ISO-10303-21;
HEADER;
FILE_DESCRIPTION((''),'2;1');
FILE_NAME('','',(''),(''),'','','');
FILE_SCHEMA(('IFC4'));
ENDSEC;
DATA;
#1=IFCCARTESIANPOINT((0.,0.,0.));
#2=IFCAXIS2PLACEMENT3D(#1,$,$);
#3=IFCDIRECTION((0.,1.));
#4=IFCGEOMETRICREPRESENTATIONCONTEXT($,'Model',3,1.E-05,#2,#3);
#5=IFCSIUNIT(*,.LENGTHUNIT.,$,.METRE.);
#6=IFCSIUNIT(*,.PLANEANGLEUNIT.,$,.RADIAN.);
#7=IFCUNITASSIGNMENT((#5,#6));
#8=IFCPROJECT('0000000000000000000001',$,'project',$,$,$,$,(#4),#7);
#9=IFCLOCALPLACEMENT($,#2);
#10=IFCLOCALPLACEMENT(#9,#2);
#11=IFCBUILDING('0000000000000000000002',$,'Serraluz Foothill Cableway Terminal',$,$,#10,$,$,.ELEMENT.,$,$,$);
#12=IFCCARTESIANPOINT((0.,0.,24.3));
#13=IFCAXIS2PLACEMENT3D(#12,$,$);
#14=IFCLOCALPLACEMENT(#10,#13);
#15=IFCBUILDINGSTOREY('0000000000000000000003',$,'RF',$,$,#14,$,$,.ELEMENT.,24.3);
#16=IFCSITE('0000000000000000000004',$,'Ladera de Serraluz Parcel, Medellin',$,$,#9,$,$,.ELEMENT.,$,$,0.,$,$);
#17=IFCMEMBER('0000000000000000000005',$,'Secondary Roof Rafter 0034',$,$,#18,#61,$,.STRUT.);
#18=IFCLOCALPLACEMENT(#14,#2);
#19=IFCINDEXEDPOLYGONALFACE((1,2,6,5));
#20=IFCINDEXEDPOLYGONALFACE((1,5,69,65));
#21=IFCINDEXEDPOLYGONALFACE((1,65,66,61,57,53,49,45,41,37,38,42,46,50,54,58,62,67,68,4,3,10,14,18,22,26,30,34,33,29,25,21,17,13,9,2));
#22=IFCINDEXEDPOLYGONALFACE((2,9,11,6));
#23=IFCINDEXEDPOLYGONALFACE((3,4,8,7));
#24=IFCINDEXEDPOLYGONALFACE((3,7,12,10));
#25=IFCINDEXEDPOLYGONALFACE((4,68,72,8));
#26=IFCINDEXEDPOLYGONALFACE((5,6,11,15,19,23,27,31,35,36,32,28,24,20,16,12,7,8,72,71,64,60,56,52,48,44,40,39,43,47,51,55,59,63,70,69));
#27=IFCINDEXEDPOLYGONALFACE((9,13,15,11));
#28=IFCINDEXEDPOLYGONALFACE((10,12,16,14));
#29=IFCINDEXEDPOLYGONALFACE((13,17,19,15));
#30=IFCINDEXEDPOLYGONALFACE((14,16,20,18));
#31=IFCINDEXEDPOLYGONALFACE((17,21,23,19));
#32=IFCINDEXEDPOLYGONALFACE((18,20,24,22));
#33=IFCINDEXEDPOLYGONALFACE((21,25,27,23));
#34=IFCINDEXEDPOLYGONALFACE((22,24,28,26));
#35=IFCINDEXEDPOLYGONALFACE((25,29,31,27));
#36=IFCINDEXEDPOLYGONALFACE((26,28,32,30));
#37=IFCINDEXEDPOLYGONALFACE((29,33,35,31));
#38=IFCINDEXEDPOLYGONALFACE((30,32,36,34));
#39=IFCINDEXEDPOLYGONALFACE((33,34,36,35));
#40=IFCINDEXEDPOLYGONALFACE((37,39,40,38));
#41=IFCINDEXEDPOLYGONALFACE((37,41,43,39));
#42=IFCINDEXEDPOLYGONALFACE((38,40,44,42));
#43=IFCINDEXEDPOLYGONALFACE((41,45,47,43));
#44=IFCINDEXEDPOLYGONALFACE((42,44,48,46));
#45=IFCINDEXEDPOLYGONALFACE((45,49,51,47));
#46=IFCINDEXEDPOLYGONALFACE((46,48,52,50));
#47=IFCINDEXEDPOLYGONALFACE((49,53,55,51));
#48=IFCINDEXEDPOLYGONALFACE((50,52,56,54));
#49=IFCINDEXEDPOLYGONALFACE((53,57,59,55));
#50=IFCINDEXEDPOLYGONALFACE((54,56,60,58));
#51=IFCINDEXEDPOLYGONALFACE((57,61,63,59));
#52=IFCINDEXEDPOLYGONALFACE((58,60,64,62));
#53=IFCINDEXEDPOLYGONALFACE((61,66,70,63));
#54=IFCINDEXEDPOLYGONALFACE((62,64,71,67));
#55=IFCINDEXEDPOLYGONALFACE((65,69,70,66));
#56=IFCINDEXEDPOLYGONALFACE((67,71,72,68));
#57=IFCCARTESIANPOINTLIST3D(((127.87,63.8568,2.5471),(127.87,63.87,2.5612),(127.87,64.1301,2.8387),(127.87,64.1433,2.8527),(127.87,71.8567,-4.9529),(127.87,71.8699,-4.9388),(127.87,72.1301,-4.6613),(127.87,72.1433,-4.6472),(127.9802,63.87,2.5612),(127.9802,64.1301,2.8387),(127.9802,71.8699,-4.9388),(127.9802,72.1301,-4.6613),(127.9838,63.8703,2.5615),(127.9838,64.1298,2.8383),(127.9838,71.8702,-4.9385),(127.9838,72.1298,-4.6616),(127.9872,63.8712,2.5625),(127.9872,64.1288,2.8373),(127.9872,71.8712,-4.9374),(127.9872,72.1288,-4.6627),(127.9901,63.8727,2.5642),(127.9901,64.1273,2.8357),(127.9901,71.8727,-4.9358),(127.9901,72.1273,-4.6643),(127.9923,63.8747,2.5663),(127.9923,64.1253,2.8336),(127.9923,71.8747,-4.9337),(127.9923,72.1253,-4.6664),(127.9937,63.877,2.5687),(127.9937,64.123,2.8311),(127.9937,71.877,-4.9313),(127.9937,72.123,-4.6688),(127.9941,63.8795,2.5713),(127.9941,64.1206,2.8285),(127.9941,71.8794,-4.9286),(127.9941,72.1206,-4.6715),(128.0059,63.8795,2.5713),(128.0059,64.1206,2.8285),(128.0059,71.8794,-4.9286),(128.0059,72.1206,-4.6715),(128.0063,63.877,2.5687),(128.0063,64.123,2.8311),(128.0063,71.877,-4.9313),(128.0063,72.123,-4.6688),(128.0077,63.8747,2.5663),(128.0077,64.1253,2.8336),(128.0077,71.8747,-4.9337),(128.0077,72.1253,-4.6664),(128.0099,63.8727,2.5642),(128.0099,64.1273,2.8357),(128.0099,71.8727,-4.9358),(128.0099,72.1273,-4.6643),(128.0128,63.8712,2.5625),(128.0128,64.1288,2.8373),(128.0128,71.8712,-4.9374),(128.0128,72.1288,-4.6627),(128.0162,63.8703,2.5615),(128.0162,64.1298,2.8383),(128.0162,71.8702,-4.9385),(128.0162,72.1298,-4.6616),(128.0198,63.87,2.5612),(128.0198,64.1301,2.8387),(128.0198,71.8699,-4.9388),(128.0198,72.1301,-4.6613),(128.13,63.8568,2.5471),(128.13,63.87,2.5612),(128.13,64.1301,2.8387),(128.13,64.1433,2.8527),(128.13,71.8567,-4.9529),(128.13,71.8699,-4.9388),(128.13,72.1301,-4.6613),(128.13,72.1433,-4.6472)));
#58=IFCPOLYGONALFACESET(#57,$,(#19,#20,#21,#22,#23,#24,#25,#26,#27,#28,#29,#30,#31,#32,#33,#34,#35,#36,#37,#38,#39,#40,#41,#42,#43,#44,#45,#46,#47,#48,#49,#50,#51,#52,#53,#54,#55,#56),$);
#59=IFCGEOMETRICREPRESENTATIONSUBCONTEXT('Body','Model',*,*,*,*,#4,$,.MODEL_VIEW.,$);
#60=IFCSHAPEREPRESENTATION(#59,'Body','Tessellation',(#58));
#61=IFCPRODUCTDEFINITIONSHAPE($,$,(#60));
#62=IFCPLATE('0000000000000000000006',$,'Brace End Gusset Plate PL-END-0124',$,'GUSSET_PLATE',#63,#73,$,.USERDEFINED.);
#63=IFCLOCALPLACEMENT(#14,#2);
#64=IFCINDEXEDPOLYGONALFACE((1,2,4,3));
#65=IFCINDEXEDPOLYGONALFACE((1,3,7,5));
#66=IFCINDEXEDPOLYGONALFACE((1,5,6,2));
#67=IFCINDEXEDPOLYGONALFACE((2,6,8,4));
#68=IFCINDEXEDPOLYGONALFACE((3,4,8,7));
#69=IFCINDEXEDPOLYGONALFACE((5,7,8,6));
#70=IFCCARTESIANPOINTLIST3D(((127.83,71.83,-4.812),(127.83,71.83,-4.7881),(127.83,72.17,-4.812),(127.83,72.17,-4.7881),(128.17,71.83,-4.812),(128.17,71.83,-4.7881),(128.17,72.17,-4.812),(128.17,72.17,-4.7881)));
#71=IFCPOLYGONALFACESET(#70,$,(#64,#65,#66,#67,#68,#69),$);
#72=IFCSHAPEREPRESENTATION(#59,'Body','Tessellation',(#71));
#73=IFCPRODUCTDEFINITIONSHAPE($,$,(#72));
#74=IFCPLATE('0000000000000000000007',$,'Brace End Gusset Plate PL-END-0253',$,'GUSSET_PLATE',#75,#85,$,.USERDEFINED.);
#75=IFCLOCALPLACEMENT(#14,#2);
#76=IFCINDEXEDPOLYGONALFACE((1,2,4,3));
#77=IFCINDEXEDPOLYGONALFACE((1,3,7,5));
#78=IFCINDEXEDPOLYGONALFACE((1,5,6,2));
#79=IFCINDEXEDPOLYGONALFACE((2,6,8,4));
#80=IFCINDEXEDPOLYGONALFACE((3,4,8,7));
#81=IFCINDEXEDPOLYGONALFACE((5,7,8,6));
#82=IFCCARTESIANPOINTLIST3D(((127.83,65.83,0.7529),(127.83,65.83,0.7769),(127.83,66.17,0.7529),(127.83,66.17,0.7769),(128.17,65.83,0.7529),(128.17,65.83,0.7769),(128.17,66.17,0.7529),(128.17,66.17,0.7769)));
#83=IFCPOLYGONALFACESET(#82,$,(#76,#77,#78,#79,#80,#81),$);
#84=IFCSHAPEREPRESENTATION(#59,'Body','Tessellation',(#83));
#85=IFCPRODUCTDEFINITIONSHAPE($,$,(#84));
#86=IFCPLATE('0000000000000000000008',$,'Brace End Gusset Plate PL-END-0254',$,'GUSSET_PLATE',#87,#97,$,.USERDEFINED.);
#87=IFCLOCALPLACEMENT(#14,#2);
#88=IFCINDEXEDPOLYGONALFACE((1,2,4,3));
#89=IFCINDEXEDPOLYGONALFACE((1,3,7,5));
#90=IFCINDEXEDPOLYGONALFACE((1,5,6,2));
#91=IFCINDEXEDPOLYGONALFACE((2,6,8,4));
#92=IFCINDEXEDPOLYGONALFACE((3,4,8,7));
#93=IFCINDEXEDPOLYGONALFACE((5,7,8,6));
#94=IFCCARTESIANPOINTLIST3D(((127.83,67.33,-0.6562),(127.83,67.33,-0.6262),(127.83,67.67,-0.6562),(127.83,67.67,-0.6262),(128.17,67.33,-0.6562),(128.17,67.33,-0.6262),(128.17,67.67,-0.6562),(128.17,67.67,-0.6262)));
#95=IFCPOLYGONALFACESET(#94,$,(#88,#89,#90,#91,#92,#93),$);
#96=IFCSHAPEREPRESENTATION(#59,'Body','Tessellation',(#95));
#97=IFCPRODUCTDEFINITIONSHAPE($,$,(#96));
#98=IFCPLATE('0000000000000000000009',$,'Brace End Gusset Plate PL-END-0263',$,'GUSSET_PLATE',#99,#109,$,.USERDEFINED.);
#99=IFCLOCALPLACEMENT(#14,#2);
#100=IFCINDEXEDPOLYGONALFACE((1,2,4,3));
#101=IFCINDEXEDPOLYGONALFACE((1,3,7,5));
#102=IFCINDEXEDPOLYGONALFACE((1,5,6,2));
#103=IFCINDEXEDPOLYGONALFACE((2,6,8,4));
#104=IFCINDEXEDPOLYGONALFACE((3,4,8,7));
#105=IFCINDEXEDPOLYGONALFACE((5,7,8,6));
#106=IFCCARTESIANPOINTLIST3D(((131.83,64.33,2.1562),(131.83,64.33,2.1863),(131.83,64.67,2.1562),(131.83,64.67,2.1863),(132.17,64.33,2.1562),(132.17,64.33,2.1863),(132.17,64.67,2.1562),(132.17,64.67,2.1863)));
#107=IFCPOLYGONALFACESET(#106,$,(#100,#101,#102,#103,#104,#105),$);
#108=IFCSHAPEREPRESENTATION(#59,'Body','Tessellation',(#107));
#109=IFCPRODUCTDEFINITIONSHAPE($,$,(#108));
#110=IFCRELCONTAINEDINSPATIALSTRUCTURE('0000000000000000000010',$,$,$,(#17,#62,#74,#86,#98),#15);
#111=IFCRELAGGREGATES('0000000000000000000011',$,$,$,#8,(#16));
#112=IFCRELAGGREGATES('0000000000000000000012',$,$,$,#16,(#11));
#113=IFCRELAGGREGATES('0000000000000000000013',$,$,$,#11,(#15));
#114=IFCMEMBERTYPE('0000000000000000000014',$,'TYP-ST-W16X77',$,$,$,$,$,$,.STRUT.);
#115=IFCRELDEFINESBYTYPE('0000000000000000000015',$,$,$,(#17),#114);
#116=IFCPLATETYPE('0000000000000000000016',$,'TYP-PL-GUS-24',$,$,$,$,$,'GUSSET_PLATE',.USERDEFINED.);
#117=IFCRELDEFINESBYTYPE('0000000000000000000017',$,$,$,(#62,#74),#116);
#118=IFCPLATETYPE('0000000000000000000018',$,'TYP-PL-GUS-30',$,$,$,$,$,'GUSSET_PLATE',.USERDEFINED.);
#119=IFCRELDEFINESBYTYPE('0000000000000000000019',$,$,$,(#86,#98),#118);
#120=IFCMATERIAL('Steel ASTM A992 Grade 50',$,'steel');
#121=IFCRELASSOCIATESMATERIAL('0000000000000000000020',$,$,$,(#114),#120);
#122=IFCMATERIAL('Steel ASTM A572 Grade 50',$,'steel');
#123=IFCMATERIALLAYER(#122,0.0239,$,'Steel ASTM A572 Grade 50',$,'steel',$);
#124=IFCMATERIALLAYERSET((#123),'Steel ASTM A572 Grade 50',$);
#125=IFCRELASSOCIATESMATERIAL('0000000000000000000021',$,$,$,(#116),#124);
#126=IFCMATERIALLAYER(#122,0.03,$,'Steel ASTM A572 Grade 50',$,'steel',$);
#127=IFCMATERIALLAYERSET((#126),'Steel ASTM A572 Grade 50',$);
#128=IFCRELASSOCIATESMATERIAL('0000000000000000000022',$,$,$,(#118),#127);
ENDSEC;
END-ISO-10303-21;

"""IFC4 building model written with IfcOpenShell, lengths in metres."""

from ifc_helpers import new_model, si_unit, direction, frame, origin, origin_2d, place, context, subcontext, project, spatial, rectangle, i_section, extrude, material, layer, layer_set, material_profile, profile_set, type_object, element, save


model = new_model("IFC4")

# Units and contexts
model_context = context("Model", 3, precision=1e-05, world=origin(), true_north=direction((0.0, 1.0)))
body_context = subcontext(model_context, "Body", "Model", "MODEL_VIEW")
ifc_project = project(units=[si_unit("LENGTHUNIT", "METRE"), si_unit("PLANEANGLEUNIT", "RADIAN")], contexts=[model_context])

# Site, building, storey
site_placement = place(None, origin())
site = spatial("IfcSite", under=ifc_project, at=site_placement, Name="Ladera de Serraluz Parcel, Medellin", CompositionType="ELEMENT", RefElevation=0.0)
building_placement = place(site_placement, origin())
building = spatial("IfcBuilding", under=site, at=building_placement, Name="Serraluz Foothill Cableway Terminal", CompositionType="ELEMENT")
storey_placement = place(building_placement, frame((0.0, 0.0, 24.3)))
storey = spatial("IfcBuildingStorey", under=building, at=storey_placement, Name="RF", CompositionType="ELEMENT", Elevation=24.3)

# Member
ifc_material_1 = material(Name="Steel ASTM A572 Grade 50", Category="steel")
ifc_material_2 = material(Name="Steel ASTM A992 Grade 50", Category="steel")
ifc_material_profile_1 = material_profile(ifc_material_2, i_section(OverallWidth=0.26, OverallDepth=0.4189, WebThickness=0.0117, FlangeThickness=0.0193, FilletRadius=0.0139, at=origin_2d()), Name="W16X77")
ifc_profile_set_1 = profile_set([ifc_material_profile_1], Name="Steel ASTM A992 Grade 50")
member_type_1 = type_object("IfcMemberType", Name="TYP-ST-W16X77", PredefinedType="STRUT", material=ifc_profile_set_1)
member_placement = place(storey_placement, frame((128.0, 72.0, -4.8), z_axis=(0.0, -0.729537, 0.683941), x_axis=(1.0, 0.0, 0.0)))
element("IfcMember", 1, at=member_placement, inside=storey, type_object=member_type_1, Name="Secondary Roof Rafter 0034", PredefinedType="STRUT", context=body_context, shape_type="SweptSolid", body=[
    extrude(i_section(OverallWidth=0.26, OverallDepth=0.4189, WebThickness=0.0117, FlangeThickness=0.0193, FilletRadius=0.0139, at=origin_2d()), origin(), (0.0, 0.0, 1.0), 10.9658),
])

# Plates
ifc_layer_1 = layer(ifc_material_1, 0.0239, Name="Steel ASTM A572 Grade 50", Category="steel")
ifc_layer_set_1 = layer_set([ifc_layer_1], Name="Steel ASTM A572 Grade 50")
plate_type_1 = type_object("IfcPlateType", Name="TYP-PL-GUS-24", ElementType="GUSSET_PLATE", PredefinedType="USERDEFINED", material=ifc_layer_set_1)
for number, where, z_axis, x_axis, name in (
    (2, (128.0, 72.0, -4.812), (0.0, 0.0, 1.0), (1.0, 0.0, 0.0), "Brace End Gusset Plate PL-END-0124"),
    (3, (128.0, 66.0, 0.7529), (0.0, 0.0, 1.0), (1.0, 0.0, 0.0), "Brace End Gusset Plate PL-END-0253"),
):
    element("IfcPlate", number, at=place(storey_placement, frame(where, z_axis=z_axis, x_axis=x_axis)), inside=storey, type_object=plate_type_1, Name=name, ObjectType="GUSSET_PLATE", PredefinedType="USERDEFINED", context=body_context, shape_type="SweptSolid", body=[
        extrude(rectangle(XDim=0.3401, YDim=0.3401, at=origin_2d()), origin(), (0.0, 0.0, 1.0), 0.0239),
    ])
ifc_layer_2 = layer(ifc_material_1, 0.03, Name="Steel ASTM A572 Grade 50", Category="steel")
ifc_layer_set_2 = layer_set([ifc_layer_2], Name="Steel ASTM A572 Grade 50")
plate_type_2 = type_object("IfcPlateType", Name="TYP-PL-GUS-30", ElementType="GUSSET_PLATE", PredefinedType="USERDEFINED", material=ifc_layer_set_2)
for number, where, z_axis, x_axis, name in (
    (4, (128.0, 67.5, -0.6562), (0.0, 0.0, 1.0), (1.0, 0.0, 0.0), "Brace End Gusset Plate PL-END-0254"),
    (5, (132.0, 64.5, 2.1562), (0.0, 0.0, 1.0), (1.0, 0.0, 0.0), "Brace End Gusset Plate PL-END-0263"),
):
    element("IfcPlate", number, at=place(storey_placement, frame(where, z_axis=z_axis, x_axis=x_axis)), inside=storey, type_object=plate_type_2, Name=name, ObjectType="GUSSET_PLATE", PredefinedType="USERDEFINED", context=body_context, shape_type="SweptSolid", body=[
        extrude(rectangle(XDim=0.3401, YDim=0.3401, at=origin_2d()), origin(), (0.0, 0.0, 1.0), 0.03),
    ])

save(model, "model.ifc")
